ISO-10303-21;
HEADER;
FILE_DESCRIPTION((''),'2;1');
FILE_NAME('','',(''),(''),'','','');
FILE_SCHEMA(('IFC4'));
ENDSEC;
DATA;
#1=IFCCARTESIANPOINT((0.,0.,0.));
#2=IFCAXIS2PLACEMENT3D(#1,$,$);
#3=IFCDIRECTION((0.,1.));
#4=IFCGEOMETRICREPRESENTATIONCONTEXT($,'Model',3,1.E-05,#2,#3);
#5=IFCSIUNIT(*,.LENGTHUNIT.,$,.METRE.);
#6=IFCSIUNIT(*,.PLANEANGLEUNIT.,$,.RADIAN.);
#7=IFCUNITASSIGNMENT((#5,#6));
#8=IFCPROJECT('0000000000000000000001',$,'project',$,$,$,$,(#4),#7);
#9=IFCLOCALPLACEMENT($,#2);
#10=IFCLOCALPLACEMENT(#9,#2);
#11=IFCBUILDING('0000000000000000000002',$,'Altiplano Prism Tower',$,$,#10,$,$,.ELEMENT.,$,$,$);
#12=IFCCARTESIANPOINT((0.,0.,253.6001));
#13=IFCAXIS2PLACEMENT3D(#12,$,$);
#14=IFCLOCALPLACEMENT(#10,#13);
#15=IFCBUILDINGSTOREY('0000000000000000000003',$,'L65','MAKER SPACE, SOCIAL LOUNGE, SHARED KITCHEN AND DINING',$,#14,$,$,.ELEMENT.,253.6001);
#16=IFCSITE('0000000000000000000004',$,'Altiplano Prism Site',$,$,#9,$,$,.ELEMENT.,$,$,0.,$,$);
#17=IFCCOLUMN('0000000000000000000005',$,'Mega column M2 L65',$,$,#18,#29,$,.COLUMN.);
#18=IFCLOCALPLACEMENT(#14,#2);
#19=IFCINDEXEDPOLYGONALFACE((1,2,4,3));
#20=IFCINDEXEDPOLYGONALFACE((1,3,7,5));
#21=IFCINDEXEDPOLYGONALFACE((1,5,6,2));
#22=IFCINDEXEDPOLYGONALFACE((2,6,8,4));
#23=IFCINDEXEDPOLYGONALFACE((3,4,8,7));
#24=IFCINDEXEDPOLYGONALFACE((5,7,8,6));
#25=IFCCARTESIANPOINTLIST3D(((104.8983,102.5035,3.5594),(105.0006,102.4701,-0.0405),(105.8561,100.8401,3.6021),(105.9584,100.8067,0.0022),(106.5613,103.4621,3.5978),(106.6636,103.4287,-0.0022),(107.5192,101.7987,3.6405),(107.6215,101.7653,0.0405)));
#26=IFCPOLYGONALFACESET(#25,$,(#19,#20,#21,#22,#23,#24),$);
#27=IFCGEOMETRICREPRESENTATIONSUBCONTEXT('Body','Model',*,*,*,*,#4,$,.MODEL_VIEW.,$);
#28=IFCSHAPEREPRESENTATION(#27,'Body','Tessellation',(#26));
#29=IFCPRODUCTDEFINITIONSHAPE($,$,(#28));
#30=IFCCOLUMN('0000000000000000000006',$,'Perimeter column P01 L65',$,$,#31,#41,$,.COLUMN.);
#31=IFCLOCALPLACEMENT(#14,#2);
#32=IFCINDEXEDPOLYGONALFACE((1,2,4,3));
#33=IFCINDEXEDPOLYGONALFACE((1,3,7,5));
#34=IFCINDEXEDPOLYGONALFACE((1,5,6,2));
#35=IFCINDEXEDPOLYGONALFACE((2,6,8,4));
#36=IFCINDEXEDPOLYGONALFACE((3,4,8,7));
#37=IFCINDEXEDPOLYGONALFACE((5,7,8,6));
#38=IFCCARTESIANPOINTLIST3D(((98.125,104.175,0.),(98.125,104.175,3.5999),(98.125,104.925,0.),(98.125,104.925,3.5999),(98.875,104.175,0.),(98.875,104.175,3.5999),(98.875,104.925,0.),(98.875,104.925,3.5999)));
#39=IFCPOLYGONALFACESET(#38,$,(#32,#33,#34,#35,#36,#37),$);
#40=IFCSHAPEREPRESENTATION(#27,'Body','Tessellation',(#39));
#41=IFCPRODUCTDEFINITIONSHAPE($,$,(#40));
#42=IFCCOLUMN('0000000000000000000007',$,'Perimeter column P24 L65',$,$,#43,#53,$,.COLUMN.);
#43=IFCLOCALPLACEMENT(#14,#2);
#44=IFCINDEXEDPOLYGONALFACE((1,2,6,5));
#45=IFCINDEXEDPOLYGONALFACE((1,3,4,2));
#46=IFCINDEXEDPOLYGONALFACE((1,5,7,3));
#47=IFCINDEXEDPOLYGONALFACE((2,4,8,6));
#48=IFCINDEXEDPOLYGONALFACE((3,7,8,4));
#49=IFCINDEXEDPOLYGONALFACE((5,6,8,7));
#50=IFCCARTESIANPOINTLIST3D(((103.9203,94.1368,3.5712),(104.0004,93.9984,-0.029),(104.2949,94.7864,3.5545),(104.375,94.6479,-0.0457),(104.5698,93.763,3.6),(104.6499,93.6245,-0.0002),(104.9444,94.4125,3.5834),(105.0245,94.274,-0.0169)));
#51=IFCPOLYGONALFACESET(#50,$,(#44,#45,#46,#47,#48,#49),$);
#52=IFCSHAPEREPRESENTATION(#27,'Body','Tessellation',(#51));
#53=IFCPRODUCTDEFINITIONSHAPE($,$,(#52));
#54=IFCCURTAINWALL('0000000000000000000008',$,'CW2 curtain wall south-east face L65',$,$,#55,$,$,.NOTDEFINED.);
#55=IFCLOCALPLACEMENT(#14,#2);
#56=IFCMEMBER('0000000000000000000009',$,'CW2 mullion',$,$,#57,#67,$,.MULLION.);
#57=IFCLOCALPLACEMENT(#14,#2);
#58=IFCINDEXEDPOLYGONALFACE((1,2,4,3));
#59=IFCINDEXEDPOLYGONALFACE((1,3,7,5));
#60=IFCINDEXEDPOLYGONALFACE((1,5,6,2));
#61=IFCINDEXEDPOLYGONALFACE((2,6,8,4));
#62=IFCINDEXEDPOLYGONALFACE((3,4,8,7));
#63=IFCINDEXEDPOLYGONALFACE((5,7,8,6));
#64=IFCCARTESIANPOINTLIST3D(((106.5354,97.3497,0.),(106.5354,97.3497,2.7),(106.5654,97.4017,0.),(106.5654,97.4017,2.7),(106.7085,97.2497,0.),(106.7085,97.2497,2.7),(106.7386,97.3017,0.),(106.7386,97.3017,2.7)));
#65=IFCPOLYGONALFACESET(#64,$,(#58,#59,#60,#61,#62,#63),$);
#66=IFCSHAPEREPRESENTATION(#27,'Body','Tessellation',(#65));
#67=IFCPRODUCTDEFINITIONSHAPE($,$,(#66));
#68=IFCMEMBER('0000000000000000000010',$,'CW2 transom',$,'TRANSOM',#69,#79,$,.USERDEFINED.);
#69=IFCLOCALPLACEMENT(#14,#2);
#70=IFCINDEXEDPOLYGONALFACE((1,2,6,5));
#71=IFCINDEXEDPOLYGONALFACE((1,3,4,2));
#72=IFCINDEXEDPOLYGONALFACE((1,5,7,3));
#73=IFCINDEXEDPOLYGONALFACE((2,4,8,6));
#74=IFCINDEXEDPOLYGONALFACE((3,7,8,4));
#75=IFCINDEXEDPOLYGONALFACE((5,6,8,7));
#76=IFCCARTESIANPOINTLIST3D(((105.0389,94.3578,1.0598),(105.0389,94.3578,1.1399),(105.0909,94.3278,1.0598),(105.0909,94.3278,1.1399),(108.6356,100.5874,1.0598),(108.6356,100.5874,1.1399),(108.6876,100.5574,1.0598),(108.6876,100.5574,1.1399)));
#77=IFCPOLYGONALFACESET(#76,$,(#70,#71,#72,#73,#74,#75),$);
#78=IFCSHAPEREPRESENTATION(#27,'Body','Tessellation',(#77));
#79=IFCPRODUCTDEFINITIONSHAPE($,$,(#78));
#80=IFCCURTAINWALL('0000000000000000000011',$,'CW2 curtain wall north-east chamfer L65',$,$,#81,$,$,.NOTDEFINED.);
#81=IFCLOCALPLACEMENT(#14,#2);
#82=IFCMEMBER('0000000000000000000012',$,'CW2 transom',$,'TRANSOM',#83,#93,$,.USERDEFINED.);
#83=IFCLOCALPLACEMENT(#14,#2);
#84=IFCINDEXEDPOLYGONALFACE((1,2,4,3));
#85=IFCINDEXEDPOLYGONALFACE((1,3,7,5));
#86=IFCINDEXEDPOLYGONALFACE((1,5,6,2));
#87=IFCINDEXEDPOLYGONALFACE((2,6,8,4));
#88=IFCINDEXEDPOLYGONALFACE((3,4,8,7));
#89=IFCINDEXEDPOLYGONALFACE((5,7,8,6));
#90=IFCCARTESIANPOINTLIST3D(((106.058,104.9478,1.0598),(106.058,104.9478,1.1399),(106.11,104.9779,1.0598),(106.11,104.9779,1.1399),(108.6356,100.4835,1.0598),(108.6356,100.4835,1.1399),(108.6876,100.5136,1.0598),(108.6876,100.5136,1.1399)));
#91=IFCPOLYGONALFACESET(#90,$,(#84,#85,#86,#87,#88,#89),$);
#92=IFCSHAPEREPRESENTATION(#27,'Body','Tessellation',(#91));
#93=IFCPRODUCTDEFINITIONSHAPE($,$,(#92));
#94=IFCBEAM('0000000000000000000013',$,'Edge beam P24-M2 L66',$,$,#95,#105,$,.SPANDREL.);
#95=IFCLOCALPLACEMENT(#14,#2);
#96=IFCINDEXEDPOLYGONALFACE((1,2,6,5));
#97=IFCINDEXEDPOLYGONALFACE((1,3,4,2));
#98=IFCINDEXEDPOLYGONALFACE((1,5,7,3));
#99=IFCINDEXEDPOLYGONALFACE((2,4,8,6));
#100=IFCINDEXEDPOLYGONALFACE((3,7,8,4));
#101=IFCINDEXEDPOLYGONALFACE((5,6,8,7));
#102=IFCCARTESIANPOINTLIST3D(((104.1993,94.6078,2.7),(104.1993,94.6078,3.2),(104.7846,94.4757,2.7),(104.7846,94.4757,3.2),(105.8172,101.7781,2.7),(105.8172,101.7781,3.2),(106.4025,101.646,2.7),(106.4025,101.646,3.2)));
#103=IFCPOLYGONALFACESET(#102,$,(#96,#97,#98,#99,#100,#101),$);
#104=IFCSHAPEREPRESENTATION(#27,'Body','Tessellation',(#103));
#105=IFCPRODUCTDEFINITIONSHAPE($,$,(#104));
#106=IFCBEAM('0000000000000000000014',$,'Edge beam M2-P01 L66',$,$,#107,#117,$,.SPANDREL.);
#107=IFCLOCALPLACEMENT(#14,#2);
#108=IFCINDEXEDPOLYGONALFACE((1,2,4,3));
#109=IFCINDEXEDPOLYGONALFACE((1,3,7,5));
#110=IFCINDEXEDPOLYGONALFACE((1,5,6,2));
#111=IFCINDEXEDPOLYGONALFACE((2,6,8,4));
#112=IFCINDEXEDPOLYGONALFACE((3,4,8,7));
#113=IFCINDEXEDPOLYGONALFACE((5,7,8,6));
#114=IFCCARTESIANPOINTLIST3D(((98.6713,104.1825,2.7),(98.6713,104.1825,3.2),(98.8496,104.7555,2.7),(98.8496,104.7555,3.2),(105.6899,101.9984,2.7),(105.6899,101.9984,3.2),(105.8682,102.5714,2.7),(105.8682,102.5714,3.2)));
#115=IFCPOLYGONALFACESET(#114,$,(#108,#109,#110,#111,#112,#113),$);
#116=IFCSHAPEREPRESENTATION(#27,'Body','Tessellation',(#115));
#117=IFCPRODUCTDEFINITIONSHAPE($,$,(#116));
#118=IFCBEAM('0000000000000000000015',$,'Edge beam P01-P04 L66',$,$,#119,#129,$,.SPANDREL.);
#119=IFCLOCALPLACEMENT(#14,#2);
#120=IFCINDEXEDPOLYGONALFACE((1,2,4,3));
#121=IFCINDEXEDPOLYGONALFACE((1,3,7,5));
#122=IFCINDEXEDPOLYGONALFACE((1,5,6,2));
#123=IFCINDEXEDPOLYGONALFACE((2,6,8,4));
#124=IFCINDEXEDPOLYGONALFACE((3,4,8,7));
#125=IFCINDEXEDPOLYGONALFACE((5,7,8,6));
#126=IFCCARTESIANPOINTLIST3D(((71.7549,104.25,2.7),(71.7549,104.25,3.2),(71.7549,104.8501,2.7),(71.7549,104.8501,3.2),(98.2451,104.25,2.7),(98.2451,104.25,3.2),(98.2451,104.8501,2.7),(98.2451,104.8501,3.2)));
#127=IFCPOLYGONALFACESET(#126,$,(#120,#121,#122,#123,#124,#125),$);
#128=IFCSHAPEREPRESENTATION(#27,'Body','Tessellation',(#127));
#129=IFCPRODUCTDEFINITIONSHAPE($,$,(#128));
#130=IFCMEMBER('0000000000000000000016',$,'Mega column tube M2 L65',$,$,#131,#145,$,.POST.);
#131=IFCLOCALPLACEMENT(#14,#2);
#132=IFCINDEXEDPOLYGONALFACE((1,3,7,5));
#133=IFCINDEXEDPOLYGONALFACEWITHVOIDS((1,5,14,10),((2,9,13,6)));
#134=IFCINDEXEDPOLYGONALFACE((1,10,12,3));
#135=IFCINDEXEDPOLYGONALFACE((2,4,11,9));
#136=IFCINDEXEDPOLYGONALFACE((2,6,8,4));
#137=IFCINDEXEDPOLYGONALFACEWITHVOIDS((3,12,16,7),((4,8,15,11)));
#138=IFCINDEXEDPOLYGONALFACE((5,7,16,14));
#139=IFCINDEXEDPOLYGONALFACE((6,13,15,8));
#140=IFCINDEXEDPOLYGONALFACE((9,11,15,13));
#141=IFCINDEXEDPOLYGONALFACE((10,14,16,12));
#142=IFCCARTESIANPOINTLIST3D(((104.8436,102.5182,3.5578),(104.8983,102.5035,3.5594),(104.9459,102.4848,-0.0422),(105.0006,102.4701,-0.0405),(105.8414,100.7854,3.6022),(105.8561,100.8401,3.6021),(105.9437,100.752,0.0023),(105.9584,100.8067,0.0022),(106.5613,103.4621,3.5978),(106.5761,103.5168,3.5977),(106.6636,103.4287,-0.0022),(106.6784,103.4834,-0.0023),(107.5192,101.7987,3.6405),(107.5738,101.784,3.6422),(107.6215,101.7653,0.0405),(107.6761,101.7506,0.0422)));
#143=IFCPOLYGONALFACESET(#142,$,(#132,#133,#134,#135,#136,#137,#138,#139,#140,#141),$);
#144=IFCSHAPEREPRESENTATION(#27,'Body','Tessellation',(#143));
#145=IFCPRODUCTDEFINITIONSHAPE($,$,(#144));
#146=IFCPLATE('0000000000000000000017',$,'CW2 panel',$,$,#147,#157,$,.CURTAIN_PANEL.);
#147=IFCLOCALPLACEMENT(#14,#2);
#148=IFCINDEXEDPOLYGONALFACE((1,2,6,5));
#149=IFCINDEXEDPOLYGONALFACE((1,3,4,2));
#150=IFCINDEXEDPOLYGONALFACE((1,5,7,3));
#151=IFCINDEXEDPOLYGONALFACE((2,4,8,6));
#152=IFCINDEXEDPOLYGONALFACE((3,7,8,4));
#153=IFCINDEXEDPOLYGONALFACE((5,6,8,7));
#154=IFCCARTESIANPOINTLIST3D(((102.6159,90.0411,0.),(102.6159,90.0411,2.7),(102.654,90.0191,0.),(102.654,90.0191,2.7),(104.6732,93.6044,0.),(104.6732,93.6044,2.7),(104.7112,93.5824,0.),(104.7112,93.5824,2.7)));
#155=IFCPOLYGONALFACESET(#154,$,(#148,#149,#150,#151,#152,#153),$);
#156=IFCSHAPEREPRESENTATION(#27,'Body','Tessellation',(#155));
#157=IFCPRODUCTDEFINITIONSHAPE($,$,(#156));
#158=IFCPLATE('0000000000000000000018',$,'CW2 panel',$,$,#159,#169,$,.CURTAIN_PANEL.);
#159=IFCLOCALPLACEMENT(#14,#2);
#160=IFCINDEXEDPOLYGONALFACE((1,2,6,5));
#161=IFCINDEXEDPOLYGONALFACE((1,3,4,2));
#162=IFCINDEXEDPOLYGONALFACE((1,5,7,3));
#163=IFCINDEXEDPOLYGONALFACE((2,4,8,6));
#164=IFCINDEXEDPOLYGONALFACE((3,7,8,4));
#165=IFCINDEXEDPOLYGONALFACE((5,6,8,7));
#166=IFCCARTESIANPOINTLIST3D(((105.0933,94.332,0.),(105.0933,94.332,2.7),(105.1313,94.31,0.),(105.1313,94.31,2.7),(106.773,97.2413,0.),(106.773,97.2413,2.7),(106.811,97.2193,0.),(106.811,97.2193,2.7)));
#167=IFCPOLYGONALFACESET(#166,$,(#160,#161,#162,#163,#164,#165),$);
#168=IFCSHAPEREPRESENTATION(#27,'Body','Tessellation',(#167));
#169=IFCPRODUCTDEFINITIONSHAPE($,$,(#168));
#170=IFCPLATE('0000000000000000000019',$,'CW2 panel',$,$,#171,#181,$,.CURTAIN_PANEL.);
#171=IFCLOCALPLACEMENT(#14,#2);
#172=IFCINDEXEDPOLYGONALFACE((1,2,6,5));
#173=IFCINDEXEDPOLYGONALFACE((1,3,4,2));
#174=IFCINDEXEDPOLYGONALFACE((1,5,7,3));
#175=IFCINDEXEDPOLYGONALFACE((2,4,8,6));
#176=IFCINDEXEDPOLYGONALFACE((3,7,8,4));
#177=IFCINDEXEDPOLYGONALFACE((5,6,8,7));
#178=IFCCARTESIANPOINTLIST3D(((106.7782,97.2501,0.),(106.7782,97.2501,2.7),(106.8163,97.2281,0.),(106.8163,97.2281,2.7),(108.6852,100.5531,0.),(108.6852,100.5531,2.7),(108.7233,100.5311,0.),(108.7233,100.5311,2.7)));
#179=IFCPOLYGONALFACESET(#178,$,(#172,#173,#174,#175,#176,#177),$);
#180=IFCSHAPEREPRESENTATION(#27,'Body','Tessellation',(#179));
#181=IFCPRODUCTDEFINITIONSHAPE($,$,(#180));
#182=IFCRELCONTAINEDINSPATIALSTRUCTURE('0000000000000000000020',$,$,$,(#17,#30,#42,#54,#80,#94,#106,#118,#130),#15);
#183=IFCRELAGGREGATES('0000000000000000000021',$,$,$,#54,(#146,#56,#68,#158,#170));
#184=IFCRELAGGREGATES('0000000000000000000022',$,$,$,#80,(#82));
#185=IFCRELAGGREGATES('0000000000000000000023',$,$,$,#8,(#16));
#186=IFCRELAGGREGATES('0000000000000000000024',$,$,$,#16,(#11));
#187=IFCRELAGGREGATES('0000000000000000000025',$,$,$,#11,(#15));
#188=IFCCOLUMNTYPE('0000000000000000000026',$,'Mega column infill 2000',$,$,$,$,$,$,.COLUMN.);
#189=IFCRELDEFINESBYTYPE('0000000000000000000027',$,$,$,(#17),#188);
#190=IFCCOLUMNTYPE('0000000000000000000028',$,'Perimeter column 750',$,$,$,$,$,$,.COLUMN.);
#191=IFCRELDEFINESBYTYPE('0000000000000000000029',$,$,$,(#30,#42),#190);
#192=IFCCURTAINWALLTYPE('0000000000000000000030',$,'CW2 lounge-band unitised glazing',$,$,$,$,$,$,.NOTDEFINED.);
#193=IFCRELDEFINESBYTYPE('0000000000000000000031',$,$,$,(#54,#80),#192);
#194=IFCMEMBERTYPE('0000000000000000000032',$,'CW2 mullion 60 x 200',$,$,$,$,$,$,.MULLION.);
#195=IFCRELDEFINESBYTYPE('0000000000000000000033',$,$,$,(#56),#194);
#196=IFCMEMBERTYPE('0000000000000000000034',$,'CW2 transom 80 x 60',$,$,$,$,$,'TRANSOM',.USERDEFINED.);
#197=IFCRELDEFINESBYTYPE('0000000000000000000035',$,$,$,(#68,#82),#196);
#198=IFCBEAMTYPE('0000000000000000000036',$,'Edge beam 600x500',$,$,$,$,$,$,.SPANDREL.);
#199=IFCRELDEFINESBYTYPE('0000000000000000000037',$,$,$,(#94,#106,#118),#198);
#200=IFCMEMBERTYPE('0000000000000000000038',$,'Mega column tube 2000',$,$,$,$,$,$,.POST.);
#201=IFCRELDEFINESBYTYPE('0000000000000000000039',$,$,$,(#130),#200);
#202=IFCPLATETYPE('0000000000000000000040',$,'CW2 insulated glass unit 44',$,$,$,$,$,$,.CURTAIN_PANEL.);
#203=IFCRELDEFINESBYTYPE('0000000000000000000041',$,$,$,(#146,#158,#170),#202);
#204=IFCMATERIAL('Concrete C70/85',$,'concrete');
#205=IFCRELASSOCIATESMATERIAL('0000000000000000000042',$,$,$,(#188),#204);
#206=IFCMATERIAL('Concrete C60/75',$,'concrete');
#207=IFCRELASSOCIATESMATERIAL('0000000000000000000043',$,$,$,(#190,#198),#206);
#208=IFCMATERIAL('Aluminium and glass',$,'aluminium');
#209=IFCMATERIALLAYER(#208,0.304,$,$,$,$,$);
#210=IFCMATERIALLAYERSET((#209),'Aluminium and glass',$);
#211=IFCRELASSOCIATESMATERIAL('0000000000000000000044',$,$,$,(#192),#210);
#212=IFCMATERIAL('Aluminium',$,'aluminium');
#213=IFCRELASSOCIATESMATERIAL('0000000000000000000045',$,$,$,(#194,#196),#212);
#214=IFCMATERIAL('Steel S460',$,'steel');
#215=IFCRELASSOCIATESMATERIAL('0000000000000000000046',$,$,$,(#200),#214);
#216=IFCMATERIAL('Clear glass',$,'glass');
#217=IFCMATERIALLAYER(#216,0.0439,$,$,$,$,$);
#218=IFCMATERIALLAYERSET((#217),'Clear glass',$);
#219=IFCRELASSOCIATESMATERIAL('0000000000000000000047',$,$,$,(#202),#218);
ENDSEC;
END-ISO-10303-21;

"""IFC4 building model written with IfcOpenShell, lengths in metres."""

from ifc_helpers import new_model, si_unit, direction, frame, origin, origin_2d, place, context, subcontext, project, spatial, rectangle, hollow_rectangle, extrude, material, layer, layer_set, material_profile, profile_set, type_object, element, aggregate, save


model = new_model("IFC4")

# Units and contexts
model_context = context("Model", 3, precision=1e-05, world=origin(), true_north=direction((0.0, 1.0)))
body_context = subcontext(model_context, "Body", "Model", "MODEL_VIEW")
ifc_project = project(units=[si_unit("LENGTHUNIT", "METRE"), si_unit("PLANEANGLEUNIT", "RADIAN")], contexts=[model_context])

# Site, building, storey
site_placement = place(None, origin())
site = spatial("IfcSite", under=ifc_project, at=site_placement, Name="Altiplano Prism Site", CompositionType="ELEMENT", RefElevation=0.0)
building_placement = place(site_placement, origin())
building = spatial("IfcBuilding", under=site, at=building_placement, Name="Altiplano Prism Tower", CompositionType="ELEMENT")
storey_placement = place(building_placement, frame((0.0, 0.0, 253.6001)))
storey = spatial("IfcBuildingStorey", under=building, at=storey_placement, Name="L65", Description="MAKER SPACE, SOCIAL LOUNGE, SHARED KITCHEN AND DINING", CompositionType="ELEMENT", Elevation=253.6001)

# Columns
ifc_material_1 = material(Name="Concrete C70/85", Category="concrete")
ifc_material_profile_1 = material_profile(ifc_material_1, rectangle(XDim=1.9199, YDim=1.9199, at=origin_2d()), Name="Mega column infill 2000")
ifc_profile_set_1 = profile_set([ifc_material_profile_1], Name="Concrete C70/85")
column_type_1 = type_object("IfcColumnType", Name="Mega column infill 2000", PredefinedType="COLUMN", material=ifc_profile_set_1)
column_1_placement = place(storey_placement, frame((106.311, 102.1177, 0.0), z_axis=(-0.028404, 0.009287, 0.999553), x_axis=(0.498886, -0.866382, 0.022226)))
element("IfcColumn", 1, at=column_1_placement, inside=storey, type_object=column_type_1, Name="Mega column M2 L65", PredefinedType="COLUMN", context=body_context, shape_type="SweptSolid", body=[
    extrude(rectangle(XDim=1.9199, YDim=1.9199, at=origin_2d()), origin(), (0.0, 0.0, 1.0), 3.6016),
])
ifc_material_2 = material(Name="Concrete C60/75", Category="concrete")
ifc_material_profile_2 = material_profile(ifc_material_2, rectangle(XDim=0.75, YDim=0.75, at=origin_2d()), Name="Perimeter column 750")
ifc_profile_set_2 = profile_set([ifc_material_profile_2], Name="Concrete C60/75")
column_type_2 = type_object("IfcColumnType", Name="Perimeter column 750", PredefinedType="COLUMN", material=ifc_profile_set_2)
column_2_placement = place(storey_placement, frame((98.5, 104.55, 0.0), z_axis=(0.0, 0.0, 1.0), x_axis=(1.0, 0.0, 0.0)))
element("IfcColumn", 2, at=column_2_placement, inside=storey, type_object=column_type_2, Name="Perimeter column P01 L65", PredefinedType="COLUMN", context=body_context, shape_type="SweptSolid", body=[
    extrude(rectangle(XDim=0.75, YDim=0.75, at=origin_2d()), origin(), (0.0, 0.0, 1.0), 3.5999),
])
column_3_placement = place(storey_placement, frame((104.5125, 94.1362, -0.0229), z_axis=(-0.022221, 0.038413, 0.999015), x_axis=(-0.499508, -0.866025, 0.022189)))
element("IfcColumn", 3, at=column_3_placement, inside=storey, type_object=column_type_2, Name="Perimeter column P24 L65", PredefinedType="COLUMN", context=body_context, shape_type="SweptSolid", body=[
    extrude(rectangle(XDim=0.75, YDim=0.75, at=origin_2d()), origin(), (0.0, 0.0, 1.0), 3.6038),
])

# Curtain wall, members
ifc_material_3 = material(Name="Aluminium and glass", Category="aluminium")
ifc_layer_1 = layer(ifc_material_3, 0.304)
ifc_layer_set_1 = layer_set([ifc_layer_1], Name="Aluminium and glass")
curtain_wall_type = type_object("IfcCurtainWallType", Name="CW2 lounge-band unitised glazing", PredefinedType="NOTDEFINED", material=ifc_layer_set_1)
curtain_wall_1_placement = place(storey_placement, origin())
curtain_wall_1 = element("IfcCurtainWall", 4, at=curtain_wall_1_placement, inside=storey, type_object=curtain_wall_type, Name="CW2 curtain wall south-east face L65", PredefinedType="NOTDEFINED")
ifc_material_4 = material(Name="Aluminium", Category="aluminium")
ifc_material_profile_3 = material_profile(ifc_material_4, rectangle(XDim=0.2, YDim=0.0601, at=origin_2d()), Name="CW2 mullion 60 x 200")
ifc_profile_set_3 = profile_set([ifc_material_profile_3], Name="Aluminium")
member_type_1 = type_object("IfcMemberType", Name="CW2 mullion 60 x 200", PredefinedType="MULLION", material=ifc_profile_set_3)
member_1_placement = place(storey_placement, frame((106.637, 97.3257, 0.0), z_axis=(0.0, 0.0, 1.0), x_axis=(-0.866025, 0.5, 0.0)))
member_1 = element("IfcMember", 5, at=member_1_placement, type_object=member_type_1, Name="CW2 mullion", PredefinedType="MULLION", context=body_context, shape_type="SweptSolid", body=[
    extrude(rectangle(XDim=0.2, YDim=0.0601, at=origin_2d()), origin(), (0.0, 0.0, 1.0), 2.7),
])
ifc_material_profile_4 = material_profile(ifc_material_4, rectangle(XDim=0.0601, YDim=0.0801, at=origin_2d()), Name="CW2 transom 80 x 60")
ifc_profile_set_4 = profile_set([ifc_material_profile_4], Name="Aluminium")
member_type_2 = type_object("IfcMemberType", Name="CW2 transom 80 x 60", ElementType="TRANSOM", PredefinedType="USERDEFINED", material=ifc_profile_set_4)
member_2_placement = place(storey_placement, frame((105.0649, 94.3428, 1.0999), z_axis=(0.499994, 0.866029, 0.0), x_axis=(-0.866029, 0.499994, 0.0)))
member_2 = element("IfcMember", 6, at=member_2_placement, type_object=member_type_2, Name="CW2 transom", ObjectType="TRANSOM", PredefinedType="USERDEFINED", context=body_context, shape_type="SweptSolid", body=[
    extrude(rectangle(XDim=0.0601, YDim=0.0801, at=origin_2d()), origin(), (0.0, 0.0, 1.0), 7.1934),
])

# Curtain wall, member
curtain_wall_2_placement = place(storey_placement, origin())
curtain_wall_2 = element("IfcCurtainWall", 7, at=curtain_wall_2_placement, inside=storey, type_object=curtain_wall_type, Name="CW2 curtain wall north-east chamfer L65", PredefinedType="NOTDEFINED")
member_3_placement = place(storey_placement, frame((108.6616, 100.4985, 1.0999), z_axis=(-0.50002, 0.866014, 0.0), x_axis=(-0.866014, -0.50002, 0.0)))
member_3 = element("IfcMember", 8, at=member_3_placement, type_object=member_type_2, Name="CW2 transom", ObjectType="TRANSOM", PredefinedType="USERDEFINED", context=body_context, shape_type="SweptSolid", body=[
    extrude(rectangle(XDim=0.0601, YDim=0.0801, at=origin_2d()), origin(), (0.0, 0.0, 1.0), 5.155),
])

# Beams
ifc_material_profile_5 = material_profile(ifc_material_2, rectangle(XDim=0.6001, YDim=0.5, at=origin_2d()), Name="Edge beam 600x500")
ifc_profile_set_5 = profile_set([ifc_material_profile_5], Name="Concrete C60/75")
beam_type = type_object("IfcBeamType", Name="Edge beam 600x500", PredefinedType="SPANDREL", material=ifc_profile_set_5)
for number, where, z_axis, x_axis, name in (
    (9, (104.4919, 94.5417, 2.95), (0.220105, 0.975476, 0.0), (-0.975476, 0.220105, 0.0), "Edge beam P24-M2 L66"),
    (10, (105.7791, 102.2849, 2.95), (-0.954836, 0.297133, 0.0), (-0.297133, -0.954836, 0.0), "Edge beam M2-P01 L66"),
):
    element("IfcBeam", number, at=place(storey_placement, frame(where, z_axis=z_axis, x_axis=x_axis)), inside=storey, type_object=beam_type, Name=name, PredefinedType="SPANDREL", context=body_context, shape_type="SweptSolid", body=[
        extrude(rectangle(XDim=0.6001, YDim=0.5, at=origin_2d()), origin(), (0.0, 0.0, 1.0), 7.3506),
    ])
beam_placement = place(storey_placement, frame((98.2451, 104.55, 2.95), z_axis=(-1.0, 0.0, 0.0), x_axis=(0.0, -1.0, 0.0)))
element("IfcBeam", 11, at=beam_placement, inside=storey, type_object=beam_type, Name="Edge beam P01-P04 L66", PredefinedType="SPANDREL", context=body_context, shape_type="SweptSolid", body=[
    extrude(rectangle(XDim=0.6001, YDim=0.5, at=origin_2d()), origin(), (0.0, 0.0, 1.0), 26.4902),
])

# Member
ifc_material_5 = material(Name="Steel S460", Category="steel")
ifc_material_profile_6 = material_profile(ifc_material_5, hollow_rectangle(XDim=2.0, YDim=2.0, WallThickness=0.04, at=origin_2d()), Name="Mega column tube 2000")
ifc_profile_set_6 = profile_set([ifc_material_profile_6], Name="Steel S460")
member_type_3 = type_object("IfcMemberType", Name="Mega column tube 2000", PredefinedType="POST", material=ifc_profile_set_6)
member_4_placement = place(storey_placement, frame((106.311, 102.1177, 0.0), z_axis=(-0.028404, 0.009287, 0.999553), x_axis=(0.498886, -0.866382, 0.022226)))
element("IfcMember", 12, at=member_4_placement, inside=storey, type_object=member_type_3, Name="Mega column tube M2 L65", PredefinedType="POST", context=body_context, shape_type="SweptSolid", body=[
    extrude(hollow_rectangle(XDim=2.0, YDim=2.0, WallThickness=0.04, at=origin_2d()), origin(), (0.0, 0.0, 1.0), 3.6016),
])

# Plates
ifc_material_6 = material(Name="Clear glass", Category="glass")
ifc_layer_2 = layer(ifc_material_6, 0.0439)
ifc_layer_set_2 = layer_set([ifc_layer_2], Name="Clear glass")
plate_type = type_object("IfcPlateType", Name="CW2 insulated glass unit 44", PredefinedType="CURTAIN_PANEL", material=ifc_layer_set_2)
plate_1_placement = place(storey_placement, frame((103.6636, 91.8118, 0.0), z_axis=(0.0, 0.0, 1.0), x_axis=(0.5, 0.866025, 0.0)))
plate_1 = element("IfcPlate", 13, at=plate_1_placement, type_object=plate_type, Name="CW2 panel", PredefinedType="CURTAIN_PANEL", context=body_context, shape_type="SweptSolid", body=[
    extrude(rectangle(XDim=4.1145, YDim=0.0439, at=origin_2d()), origin(), (0.0, 0.0, 1.0), 2.7),
])
plate_2_placement = place(storey_placement, frame((105.9521, 95.7756, 0.0), z_axis=(0.0, 0.0, 1.0), x_axis=(0.5, 0.866025, 0.0)))
plate_2 = element("IfcPlate", 14, at=plate_2_placement, type_object=plate_type, Name="CW2 panel", PredefinedType="CURTAIN_PANEL", context=body_context, shape_type="SweptSolid", body=[
    extrude(rectangle(XDim=3.3594, YDim=0.0439, at=origin_2d()), origin(), (0.0, 0.0, 1.0), 2.7),
])
plate_3_placement = place(storey_placement, frame((107.7507, 98.8906, 0.0), z_axis=(0.0, 0.0, 1.0), x_axis=(0.5, 0.866025, 0.0)))
plate_3 = element("IfcPlate", 15, at=plate_3_placement, type_object=plate_type, Name="CW2 panel", PredefinedType="CURTAIN_PANEL", context=body_context, shape_type="SweptSolid", body=[
    extrude(rectangle(XDim=3.814, YDim=0.0439, at=origin_2d()), origin(), (0.0, 0.0, 1.0), 2.7),
])
aggregate(curtain_wall_1, [plate_1, member_1, member_2, plate_2, plate_3])
aggregate(curtain_wall_2, [member_3])

save(model, "model.ifc")
